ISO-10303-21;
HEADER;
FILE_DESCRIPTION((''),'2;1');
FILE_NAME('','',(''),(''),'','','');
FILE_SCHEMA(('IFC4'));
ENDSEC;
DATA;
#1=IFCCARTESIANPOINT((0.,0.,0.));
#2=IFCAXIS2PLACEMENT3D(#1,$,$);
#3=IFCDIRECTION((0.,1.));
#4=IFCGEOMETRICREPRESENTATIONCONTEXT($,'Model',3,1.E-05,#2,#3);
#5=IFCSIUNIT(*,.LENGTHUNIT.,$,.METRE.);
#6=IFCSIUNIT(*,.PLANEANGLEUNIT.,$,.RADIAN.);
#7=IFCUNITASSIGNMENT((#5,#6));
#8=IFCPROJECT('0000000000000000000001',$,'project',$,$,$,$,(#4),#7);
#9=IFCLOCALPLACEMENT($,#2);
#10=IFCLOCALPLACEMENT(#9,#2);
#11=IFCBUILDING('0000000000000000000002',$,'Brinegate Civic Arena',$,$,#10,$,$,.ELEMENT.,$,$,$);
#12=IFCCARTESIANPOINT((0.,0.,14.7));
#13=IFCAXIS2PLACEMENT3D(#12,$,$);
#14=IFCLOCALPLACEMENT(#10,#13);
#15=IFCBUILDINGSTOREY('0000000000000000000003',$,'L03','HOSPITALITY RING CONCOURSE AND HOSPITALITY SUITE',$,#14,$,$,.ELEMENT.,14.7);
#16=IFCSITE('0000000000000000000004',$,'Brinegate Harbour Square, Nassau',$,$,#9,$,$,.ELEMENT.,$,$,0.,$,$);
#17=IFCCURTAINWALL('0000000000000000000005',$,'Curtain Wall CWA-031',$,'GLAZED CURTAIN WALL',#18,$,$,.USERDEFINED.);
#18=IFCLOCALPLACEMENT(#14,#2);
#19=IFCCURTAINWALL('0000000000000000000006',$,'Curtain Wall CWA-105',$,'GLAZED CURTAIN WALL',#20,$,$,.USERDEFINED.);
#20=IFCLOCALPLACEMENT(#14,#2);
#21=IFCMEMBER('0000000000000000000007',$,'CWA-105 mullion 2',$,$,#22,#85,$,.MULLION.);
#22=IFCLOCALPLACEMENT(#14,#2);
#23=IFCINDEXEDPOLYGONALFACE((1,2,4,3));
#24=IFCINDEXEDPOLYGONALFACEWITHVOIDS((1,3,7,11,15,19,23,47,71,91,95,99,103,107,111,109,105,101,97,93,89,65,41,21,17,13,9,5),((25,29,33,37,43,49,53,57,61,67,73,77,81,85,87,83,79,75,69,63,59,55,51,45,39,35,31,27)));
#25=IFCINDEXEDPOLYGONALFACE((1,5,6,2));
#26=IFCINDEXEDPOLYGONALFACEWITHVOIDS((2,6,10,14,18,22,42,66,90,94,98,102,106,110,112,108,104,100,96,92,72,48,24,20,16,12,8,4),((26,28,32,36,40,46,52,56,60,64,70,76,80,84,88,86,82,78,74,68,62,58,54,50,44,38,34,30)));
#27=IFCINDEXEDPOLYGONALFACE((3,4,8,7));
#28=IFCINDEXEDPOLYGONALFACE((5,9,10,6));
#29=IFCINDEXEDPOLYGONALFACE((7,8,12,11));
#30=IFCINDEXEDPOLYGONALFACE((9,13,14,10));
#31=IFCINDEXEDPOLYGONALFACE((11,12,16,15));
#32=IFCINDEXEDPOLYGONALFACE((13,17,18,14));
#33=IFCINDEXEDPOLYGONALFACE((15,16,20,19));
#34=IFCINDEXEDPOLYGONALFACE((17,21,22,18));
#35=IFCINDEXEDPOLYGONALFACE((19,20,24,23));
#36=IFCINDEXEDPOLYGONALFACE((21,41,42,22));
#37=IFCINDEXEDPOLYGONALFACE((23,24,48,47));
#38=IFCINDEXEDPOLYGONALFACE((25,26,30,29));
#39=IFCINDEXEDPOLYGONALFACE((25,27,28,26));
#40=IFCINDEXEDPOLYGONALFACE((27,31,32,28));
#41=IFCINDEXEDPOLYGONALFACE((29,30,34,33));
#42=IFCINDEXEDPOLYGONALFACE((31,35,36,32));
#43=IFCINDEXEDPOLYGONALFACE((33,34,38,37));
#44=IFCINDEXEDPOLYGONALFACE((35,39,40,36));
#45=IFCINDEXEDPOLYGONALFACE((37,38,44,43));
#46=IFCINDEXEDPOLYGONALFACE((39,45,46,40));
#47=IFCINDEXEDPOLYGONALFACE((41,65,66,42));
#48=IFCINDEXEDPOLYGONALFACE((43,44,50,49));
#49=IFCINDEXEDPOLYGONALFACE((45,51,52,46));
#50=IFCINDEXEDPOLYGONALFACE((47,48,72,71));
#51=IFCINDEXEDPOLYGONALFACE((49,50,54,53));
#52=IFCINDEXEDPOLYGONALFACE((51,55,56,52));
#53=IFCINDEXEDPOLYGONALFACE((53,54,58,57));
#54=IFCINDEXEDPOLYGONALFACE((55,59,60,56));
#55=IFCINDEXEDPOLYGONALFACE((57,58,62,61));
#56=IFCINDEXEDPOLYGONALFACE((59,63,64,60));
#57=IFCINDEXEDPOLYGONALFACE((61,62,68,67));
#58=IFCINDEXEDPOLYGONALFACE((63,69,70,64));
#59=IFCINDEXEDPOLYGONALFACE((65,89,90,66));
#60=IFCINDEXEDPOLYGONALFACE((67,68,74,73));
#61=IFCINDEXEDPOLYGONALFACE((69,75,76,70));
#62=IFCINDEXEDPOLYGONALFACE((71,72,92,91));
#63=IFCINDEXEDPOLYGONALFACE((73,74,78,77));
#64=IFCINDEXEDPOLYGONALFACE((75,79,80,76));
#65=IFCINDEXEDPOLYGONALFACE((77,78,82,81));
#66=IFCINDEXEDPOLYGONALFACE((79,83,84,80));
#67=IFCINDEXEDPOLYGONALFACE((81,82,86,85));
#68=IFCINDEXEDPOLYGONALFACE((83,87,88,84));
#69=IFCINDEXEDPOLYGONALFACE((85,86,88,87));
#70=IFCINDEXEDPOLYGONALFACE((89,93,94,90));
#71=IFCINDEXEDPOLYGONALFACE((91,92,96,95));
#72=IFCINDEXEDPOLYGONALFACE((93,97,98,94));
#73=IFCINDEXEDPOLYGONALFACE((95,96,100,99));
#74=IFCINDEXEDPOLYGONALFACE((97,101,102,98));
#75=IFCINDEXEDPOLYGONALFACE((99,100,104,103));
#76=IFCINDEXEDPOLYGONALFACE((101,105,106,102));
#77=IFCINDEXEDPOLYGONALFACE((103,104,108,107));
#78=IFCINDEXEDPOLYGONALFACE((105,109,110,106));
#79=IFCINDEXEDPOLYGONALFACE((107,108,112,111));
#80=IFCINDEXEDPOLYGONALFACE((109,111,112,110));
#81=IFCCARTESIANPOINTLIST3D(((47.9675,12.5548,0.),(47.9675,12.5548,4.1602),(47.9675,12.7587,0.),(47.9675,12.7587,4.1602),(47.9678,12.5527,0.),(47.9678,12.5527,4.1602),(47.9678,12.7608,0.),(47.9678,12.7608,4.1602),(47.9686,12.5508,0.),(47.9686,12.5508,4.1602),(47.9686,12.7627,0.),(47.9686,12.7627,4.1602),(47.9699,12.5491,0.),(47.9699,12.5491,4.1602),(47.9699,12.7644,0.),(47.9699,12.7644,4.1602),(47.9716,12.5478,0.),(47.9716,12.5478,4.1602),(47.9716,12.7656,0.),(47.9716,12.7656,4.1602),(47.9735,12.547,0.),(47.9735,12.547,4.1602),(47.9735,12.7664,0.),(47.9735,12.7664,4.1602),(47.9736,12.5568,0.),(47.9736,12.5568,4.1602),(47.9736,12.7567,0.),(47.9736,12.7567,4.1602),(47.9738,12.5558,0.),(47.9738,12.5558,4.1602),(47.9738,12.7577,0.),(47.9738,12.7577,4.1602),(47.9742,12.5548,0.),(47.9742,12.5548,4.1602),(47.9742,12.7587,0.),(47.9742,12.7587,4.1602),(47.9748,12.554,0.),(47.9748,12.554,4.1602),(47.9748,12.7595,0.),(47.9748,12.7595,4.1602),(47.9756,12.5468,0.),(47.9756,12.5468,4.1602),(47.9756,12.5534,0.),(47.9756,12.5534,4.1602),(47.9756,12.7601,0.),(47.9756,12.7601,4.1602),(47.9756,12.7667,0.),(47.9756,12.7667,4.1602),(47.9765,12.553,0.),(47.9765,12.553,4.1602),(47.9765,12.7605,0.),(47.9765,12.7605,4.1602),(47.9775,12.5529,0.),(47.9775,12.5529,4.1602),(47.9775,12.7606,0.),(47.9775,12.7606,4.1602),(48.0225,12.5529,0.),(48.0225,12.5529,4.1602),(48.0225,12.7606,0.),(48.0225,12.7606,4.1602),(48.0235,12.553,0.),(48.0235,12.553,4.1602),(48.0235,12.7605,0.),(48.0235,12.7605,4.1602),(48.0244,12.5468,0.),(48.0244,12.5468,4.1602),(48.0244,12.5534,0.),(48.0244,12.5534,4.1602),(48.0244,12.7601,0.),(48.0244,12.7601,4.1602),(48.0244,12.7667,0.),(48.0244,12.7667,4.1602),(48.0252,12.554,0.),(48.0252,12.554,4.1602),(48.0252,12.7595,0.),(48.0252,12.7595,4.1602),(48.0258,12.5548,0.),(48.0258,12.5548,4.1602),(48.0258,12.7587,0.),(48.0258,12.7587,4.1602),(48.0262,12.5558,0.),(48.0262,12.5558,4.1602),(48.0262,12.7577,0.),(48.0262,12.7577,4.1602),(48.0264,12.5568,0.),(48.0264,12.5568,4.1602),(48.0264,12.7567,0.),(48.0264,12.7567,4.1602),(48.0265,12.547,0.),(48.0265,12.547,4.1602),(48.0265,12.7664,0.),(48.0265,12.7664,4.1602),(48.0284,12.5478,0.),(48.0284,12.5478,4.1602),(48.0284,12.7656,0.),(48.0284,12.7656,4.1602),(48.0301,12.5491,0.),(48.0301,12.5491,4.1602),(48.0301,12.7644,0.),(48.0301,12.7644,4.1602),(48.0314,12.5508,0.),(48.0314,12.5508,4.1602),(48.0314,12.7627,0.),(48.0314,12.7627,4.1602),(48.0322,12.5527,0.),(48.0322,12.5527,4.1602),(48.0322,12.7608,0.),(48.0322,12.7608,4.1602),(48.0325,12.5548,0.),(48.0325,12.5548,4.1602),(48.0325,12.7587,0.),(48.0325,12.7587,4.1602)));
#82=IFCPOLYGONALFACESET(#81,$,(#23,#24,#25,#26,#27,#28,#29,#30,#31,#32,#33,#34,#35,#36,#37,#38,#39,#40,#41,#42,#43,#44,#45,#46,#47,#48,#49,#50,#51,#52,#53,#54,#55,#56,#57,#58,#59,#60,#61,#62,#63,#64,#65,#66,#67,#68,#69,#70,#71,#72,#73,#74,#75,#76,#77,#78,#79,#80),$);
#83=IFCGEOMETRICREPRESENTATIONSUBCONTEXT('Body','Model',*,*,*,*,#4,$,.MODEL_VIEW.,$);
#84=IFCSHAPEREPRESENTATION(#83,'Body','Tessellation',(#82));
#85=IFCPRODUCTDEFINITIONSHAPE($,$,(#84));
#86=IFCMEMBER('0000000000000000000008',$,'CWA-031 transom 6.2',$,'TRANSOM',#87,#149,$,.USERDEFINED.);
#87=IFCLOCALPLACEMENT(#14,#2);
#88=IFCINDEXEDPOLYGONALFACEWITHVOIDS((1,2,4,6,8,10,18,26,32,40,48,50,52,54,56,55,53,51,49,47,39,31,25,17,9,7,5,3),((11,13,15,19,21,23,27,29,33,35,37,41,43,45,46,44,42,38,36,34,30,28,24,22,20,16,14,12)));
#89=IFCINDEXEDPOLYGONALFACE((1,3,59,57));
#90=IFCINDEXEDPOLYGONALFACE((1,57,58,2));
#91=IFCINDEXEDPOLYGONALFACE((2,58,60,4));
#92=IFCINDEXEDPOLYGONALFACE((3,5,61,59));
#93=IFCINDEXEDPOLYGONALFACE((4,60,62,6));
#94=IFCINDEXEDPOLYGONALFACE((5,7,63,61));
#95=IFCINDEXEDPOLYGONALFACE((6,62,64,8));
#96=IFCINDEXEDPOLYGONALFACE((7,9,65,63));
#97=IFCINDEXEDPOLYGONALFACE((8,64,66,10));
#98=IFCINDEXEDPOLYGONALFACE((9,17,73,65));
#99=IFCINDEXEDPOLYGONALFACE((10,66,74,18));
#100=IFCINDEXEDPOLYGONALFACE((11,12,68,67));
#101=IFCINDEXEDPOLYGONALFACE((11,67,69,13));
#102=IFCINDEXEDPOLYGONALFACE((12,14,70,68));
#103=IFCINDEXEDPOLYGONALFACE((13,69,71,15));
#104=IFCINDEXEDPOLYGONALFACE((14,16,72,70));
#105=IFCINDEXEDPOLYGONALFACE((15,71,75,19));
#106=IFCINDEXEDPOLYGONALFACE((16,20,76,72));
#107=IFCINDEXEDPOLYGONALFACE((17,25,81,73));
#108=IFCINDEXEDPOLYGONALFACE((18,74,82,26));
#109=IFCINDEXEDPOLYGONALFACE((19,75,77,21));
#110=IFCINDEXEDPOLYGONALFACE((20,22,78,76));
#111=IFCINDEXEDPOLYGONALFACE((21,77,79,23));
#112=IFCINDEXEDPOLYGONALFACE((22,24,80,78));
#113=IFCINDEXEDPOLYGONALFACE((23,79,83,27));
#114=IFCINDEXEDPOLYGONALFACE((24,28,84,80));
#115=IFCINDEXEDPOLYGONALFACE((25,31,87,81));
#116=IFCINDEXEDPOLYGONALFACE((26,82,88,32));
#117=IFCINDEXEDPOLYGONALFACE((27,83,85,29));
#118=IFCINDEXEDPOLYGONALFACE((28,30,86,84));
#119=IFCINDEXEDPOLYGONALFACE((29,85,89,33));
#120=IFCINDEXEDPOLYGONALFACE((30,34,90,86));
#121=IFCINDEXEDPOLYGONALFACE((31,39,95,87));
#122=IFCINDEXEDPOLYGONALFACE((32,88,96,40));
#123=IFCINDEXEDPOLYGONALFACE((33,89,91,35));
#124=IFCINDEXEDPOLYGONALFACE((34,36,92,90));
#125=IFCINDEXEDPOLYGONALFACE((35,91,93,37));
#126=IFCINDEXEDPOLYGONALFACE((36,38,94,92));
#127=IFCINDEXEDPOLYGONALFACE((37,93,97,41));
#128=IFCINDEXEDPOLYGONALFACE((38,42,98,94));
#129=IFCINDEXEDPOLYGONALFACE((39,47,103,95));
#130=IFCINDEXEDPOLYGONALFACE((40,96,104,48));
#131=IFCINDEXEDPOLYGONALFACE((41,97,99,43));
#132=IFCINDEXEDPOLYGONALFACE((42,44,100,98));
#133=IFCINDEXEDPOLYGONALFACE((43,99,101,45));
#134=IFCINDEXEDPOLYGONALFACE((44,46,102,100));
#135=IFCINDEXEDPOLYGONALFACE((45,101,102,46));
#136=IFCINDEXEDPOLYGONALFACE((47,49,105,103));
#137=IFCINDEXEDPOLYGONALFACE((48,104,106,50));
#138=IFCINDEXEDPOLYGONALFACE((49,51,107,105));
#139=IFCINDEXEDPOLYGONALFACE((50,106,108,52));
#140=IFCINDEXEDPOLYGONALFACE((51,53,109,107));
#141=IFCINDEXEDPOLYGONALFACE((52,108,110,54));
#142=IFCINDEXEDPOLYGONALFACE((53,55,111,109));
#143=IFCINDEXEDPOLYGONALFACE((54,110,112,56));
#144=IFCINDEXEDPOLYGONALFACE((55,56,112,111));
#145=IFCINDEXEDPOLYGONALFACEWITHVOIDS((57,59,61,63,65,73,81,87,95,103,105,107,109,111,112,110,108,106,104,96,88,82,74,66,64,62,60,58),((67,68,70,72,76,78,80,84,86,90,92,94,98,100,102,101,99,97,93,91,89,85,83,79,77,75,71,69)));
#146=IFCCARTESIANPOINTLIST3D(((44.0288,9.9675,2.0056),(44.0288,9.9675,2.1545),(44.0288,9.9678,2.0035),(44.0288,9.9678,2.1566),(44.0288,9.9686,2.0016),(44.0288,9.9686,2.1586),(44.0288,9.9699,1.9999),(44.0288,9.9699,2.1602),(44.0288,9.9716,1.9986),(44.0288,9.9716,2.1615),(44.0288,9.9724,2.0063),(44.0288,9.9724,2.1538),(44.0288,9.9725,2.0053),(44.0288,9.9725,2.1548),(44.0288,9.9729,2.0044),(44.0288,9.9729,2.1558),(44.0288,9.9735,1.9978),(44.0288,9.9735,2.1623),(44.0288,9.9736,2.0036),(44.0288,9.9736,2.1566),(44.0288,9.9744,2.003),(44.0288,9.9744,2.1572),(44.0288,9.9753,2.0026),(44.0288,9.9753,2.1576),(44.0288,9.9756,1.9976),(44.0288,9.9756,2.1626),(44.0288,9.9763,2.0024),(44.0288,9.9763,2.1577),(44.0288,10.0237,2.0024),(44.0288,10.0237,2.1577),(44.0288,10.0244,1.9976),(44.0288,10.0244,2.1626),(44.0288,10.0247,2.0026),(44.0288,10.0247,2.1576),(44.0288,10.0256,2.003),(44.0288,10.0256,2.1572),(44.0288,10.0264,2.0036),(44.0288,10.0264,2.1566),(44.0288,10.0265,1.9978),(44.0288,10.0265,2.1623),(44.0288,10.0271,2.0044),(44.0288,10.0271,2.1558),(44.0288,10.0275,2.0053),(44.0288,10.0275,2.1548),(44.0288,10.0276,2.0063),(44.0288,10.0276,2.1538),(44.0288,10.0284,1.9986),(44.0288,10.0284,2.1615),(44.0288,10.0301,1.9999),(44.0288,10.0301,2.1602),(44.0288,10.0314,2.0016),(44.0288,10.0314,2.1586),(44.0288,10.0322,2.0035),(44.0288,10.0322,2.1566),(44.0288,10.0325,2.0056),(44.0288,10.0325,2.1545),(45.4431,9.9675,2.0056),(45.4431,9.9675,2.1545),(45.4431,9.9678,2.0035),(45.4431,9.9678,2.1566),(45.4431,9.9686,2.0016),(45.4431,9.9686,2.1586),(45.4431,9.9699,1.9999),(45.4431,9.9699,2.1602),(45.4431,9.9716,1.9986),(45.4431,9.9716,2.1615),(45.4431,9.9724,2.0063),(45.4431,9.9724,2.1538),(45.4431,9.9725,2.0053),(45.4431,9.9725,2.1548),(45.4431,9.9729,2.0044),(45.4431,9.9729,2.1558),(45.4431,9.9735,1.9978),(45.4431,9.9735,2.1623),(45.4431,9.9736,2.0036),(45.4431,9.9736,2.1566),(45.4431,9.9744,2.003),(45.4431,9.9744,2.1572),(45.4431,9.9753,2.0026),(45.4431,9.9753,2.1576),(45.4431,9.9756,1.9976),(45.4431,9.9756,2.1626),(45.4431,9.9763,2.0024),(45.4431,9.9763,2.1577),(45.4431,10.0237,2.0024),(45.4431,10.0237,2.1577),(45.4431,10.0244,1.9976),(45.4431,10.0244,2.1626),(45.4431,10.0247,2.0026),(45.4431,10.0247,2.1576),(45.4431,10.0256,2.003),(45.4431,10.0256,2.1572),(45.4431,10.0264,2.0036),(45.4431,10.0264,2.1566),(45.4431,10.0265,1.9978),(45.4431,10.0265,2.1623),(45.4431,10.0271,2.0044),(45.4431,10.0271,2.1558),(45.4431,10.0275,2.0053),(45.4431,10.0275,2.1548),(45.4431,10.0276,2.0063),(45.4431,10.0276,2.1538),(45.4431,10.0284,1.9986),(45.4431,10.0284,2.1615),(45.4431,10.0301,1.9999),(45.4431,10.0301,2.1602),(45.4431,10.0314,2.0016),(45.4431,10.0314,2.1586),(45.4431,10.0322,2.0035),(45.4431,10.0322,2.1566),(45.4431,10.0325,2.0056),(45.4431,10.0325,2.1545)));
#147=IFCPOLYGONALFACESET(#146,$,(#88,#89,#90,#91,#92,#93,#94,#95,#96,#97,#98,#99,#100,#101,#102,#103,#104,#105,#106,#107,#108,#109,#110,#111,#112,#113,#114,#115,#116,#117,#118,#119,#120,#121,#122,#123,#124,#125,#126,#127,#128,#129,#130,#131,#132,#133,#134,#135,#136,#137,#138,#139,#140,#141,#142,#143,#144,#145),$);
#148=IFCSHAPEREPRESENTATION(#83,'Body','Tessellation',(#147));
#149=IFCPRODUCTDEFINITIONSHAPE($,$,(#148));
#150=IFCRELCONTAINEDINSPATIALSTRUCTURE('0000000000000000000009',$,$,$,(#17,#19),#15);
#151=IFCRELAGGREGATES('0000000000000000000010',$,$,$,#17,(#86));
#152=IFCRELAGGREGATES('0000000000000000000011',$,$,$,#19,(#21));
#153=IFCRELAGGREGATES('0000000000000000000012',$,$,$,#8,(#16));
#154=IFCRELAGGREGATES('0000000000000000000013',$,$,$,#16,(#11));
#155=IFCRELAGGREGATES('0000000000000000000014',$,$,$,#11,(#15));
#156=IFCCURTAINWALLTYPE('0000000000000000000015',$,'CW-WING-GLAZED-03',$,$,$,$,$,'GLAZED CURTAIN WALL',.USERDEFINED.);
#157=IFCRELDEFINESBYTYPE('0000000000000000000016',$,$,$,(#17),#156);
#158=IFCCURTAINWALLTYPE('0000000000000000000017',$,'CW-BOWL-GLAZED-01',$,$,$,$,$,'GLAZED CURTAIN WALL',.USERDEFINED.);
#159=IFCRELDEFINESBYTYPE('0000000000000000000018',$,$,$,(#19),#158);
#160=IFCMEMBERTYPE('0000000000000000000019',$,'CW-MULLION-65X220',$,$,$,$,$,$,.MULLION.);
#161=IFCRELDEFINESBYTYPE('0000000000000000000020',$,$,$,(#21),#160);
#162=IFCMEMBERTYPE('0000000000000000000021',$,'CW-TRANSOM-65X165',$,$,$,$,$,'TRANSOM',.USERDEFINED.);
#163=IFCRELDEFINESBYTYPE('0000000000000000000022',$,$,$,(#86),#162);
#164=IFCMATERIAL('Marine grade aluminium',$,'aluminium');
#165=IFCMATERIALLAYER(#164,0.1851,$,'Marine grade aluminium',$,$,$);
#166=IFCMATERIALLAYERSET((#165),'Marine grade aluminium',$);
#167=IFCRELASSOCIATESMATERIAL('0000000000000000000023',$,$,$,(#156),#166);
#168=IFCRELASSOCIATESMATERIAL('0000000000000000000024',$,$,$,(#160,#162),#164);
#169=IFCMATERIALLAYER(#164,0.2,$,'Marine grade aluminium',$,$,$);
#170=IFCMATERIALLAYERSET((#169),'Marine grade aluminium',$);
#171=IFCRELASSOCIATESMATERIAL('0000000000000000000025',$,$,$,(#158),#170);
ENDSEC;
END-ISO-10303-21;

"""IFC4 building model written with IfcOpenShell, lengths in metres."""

from ifc_helpers import new_model, si_unit, direction, frame, origin, origin_2d, place, context, subcontext, project, spatial, hollow_rectangle, extrude, material, layer, layer_set, material_profile, profile_set, type_object, element, aggregate, save


model = new_model("IFC4")

# Units and contexts
model_context = context("Model", 3, precision=1e-05, world=origin(), true_north=direction((0.0, 1.0)))
body_context = subcontext(model_context, "Body", "Model", "MODEL_VIEW")
ifc_project = project(units=[si_unit("LENGTHUNIT", "METRE"), si_unit("PLANEANGLEUNIT", "RADIAN")], contexts=[model_context])

# Site, building, storey
site_placement = place(None, origin())
site = spatial("IfcSite", under=ifc_project, at=site_placement, Name="Brinegate Harbour Square, Nassau", CompositionType="ELEMENT", RefElevation=0.0)
building_placement = place(site_placement, origin())
building = spatial("IfcBuilding", under=site, at=building_placement, Name="Brinegate Civic Arena", CompositionType="ELEMENT")
storey_placement = place(building_placement, frame((0.0, 0.0, 14.7)))
storey = spatial("IfcBuildingStorey", under=building, at=storey_placement, Name="L03", Description="HOSPITALITY RING CONCOURSE AND HOSPITALITY SUITE", CompositionType="ELEMENT", Elevation=14.7)

# Curtain walls, member
ifc_material_1 = material(Name="Marine grade aluminium", Category="aluminium")
ifc_layer_1 = layer(ifc_material_1, 0.1851, Name="Marine grade aluminium")
ifc_layer_set_1 = layer_set([ifc_layer_1], Name="Marine grade aluminium")
curtain_wall_type_1 = type_object("IfcCurtainWallType", Name="CW-WING-GLAZED-03", ElementType="GLAZED CURTAIN WALL", PredefinedType="USERDEFINED", material=ifc_layer_set_1)
curtain_wall_1_placement = place(storey_placement, origin())
curtain_wall_1 = element("IfcCurtainWall", 1, at=curtain_wall_1_placement, inside=storey, type_object=curtain_wall_type_1, Name="Curtain Wall CWA-031", ObjectType="GLAZED CURTAIN WALL", PredefinedType="USERDEFINED")
ifc_material_profile_1 = material_profile(ifc_material_1, hollow_rectangle(XDim=0.0649, YDim=0.22, WallThickness=0.0061, InnerFilletRadius=0.0039, OuterFilletRadius=0.0081, at=origin_2d()), Name="MUL65X220")
ifc_profile_set_1 = profile_set([ifc_material_profile_1], Name="Marine grade aluminium")
member_type_1 = type_object("IfcMemberType", Name="CW-MULLION-65X220", PredefinedType="MULLION", material=ifc_profile_set_1)
ifc_layer_2 = layer(ifc_material_1, 0.2, Name="Marine grade aluminium")
ifc_layer_set_2 = layer_set([ifc_layer_2], Name="Marine grade aluminium")
curtain_wall_type_2 = type_object("IfcCurtainWallType", Name="CW-BOWL-GLAZED-01", ElementType="GLAZED CURTAIN WALL", PredefinedType="USERDEFINED", material=ifc_layer_set_2)
curtain_wall_2_placement = place(storey_placement, origin())
curtain_wall_2 = element("IfcCurtainWall", 2, at=curtain_wall_2_placement, inside=storey, type_object=curtain_wall_type_2, Name="Curtain Wall CWA-105", ObjectType="GLAZED CURTAIN WALL", PredefinedType="USERDEFINED")
member_1_placement = place(storey_placement, frame((48.0, 12.6567, 0.0), z_axis=(0.0, 0.0, 1.0), x_axis=(-1.0, 0.0, 0.0)))
member_1 = element("IfcMember", 3, at=member_1_placement, type_object=member_type_1, Name="CWA-105 mullion 2", PredefinedType="MULLION", context=body_context, shape_type="SweptSolid", body=[
    extrude(hollow_rectangle(XDim=0.0649, YDim=0.22, WallThickness=0.0061, InnerFilletRadius=0.0039, OuterFilletRadius=0.0081, at=origin_2d()), origin(), (0.0, 0.0, 1.0), 4.1602),
])

# Member
ifc_material_profile_2 = material_profile(ifc_material_1, hollow_rectangle(XDim=0.0649, YDim=0.165, WallThickness=0.0049, InnerFilletRadius=0.0039, OuterFilletRadius=0.0081, at=origin_2d()), Name="TRN65X165")
ifc_profile_set_2 = profile_set([ifc_material_profile_2], Name="Marine grade aluminium")
member_type_2 = type_object("IfcMemberType", Name="CW-TRANSOM-65X165", ElementType="TRANSOM", PredefinedType="USERDEFINED", material=ifc_profile_set_2)
member_2_placement = place(storey_placement, frame((44.0288, 10.0, 2.0801), z_axis=(1.0, 0.0, 0.0), x_axis=(0.0, 1.0, 0.0)))
member_2 = element("IfcMember", 4, at=member_2_placement, type_object=member_type_2, Name="CWA-031 transom 6.2", ObjectType="TRANSOM", PredefinedType="USERDEFINED", context=body_context, shape_type="SweptSolid", body=[
    extrude(hollow_rectangle(XDim=0.0649, YDim=0.165, WallThickness=0.0049, InnerFilletRadius=0.0039, OuterFilletRadius=0.0081, at=origin_2d()), origin(), (0.0, 0.0, 1.0), 1.4143),
])

aggregate(curtain_wall_1, [member_2])
aggregate(curtain_wall_2, [member_1])

save(model, "model.ifc")
